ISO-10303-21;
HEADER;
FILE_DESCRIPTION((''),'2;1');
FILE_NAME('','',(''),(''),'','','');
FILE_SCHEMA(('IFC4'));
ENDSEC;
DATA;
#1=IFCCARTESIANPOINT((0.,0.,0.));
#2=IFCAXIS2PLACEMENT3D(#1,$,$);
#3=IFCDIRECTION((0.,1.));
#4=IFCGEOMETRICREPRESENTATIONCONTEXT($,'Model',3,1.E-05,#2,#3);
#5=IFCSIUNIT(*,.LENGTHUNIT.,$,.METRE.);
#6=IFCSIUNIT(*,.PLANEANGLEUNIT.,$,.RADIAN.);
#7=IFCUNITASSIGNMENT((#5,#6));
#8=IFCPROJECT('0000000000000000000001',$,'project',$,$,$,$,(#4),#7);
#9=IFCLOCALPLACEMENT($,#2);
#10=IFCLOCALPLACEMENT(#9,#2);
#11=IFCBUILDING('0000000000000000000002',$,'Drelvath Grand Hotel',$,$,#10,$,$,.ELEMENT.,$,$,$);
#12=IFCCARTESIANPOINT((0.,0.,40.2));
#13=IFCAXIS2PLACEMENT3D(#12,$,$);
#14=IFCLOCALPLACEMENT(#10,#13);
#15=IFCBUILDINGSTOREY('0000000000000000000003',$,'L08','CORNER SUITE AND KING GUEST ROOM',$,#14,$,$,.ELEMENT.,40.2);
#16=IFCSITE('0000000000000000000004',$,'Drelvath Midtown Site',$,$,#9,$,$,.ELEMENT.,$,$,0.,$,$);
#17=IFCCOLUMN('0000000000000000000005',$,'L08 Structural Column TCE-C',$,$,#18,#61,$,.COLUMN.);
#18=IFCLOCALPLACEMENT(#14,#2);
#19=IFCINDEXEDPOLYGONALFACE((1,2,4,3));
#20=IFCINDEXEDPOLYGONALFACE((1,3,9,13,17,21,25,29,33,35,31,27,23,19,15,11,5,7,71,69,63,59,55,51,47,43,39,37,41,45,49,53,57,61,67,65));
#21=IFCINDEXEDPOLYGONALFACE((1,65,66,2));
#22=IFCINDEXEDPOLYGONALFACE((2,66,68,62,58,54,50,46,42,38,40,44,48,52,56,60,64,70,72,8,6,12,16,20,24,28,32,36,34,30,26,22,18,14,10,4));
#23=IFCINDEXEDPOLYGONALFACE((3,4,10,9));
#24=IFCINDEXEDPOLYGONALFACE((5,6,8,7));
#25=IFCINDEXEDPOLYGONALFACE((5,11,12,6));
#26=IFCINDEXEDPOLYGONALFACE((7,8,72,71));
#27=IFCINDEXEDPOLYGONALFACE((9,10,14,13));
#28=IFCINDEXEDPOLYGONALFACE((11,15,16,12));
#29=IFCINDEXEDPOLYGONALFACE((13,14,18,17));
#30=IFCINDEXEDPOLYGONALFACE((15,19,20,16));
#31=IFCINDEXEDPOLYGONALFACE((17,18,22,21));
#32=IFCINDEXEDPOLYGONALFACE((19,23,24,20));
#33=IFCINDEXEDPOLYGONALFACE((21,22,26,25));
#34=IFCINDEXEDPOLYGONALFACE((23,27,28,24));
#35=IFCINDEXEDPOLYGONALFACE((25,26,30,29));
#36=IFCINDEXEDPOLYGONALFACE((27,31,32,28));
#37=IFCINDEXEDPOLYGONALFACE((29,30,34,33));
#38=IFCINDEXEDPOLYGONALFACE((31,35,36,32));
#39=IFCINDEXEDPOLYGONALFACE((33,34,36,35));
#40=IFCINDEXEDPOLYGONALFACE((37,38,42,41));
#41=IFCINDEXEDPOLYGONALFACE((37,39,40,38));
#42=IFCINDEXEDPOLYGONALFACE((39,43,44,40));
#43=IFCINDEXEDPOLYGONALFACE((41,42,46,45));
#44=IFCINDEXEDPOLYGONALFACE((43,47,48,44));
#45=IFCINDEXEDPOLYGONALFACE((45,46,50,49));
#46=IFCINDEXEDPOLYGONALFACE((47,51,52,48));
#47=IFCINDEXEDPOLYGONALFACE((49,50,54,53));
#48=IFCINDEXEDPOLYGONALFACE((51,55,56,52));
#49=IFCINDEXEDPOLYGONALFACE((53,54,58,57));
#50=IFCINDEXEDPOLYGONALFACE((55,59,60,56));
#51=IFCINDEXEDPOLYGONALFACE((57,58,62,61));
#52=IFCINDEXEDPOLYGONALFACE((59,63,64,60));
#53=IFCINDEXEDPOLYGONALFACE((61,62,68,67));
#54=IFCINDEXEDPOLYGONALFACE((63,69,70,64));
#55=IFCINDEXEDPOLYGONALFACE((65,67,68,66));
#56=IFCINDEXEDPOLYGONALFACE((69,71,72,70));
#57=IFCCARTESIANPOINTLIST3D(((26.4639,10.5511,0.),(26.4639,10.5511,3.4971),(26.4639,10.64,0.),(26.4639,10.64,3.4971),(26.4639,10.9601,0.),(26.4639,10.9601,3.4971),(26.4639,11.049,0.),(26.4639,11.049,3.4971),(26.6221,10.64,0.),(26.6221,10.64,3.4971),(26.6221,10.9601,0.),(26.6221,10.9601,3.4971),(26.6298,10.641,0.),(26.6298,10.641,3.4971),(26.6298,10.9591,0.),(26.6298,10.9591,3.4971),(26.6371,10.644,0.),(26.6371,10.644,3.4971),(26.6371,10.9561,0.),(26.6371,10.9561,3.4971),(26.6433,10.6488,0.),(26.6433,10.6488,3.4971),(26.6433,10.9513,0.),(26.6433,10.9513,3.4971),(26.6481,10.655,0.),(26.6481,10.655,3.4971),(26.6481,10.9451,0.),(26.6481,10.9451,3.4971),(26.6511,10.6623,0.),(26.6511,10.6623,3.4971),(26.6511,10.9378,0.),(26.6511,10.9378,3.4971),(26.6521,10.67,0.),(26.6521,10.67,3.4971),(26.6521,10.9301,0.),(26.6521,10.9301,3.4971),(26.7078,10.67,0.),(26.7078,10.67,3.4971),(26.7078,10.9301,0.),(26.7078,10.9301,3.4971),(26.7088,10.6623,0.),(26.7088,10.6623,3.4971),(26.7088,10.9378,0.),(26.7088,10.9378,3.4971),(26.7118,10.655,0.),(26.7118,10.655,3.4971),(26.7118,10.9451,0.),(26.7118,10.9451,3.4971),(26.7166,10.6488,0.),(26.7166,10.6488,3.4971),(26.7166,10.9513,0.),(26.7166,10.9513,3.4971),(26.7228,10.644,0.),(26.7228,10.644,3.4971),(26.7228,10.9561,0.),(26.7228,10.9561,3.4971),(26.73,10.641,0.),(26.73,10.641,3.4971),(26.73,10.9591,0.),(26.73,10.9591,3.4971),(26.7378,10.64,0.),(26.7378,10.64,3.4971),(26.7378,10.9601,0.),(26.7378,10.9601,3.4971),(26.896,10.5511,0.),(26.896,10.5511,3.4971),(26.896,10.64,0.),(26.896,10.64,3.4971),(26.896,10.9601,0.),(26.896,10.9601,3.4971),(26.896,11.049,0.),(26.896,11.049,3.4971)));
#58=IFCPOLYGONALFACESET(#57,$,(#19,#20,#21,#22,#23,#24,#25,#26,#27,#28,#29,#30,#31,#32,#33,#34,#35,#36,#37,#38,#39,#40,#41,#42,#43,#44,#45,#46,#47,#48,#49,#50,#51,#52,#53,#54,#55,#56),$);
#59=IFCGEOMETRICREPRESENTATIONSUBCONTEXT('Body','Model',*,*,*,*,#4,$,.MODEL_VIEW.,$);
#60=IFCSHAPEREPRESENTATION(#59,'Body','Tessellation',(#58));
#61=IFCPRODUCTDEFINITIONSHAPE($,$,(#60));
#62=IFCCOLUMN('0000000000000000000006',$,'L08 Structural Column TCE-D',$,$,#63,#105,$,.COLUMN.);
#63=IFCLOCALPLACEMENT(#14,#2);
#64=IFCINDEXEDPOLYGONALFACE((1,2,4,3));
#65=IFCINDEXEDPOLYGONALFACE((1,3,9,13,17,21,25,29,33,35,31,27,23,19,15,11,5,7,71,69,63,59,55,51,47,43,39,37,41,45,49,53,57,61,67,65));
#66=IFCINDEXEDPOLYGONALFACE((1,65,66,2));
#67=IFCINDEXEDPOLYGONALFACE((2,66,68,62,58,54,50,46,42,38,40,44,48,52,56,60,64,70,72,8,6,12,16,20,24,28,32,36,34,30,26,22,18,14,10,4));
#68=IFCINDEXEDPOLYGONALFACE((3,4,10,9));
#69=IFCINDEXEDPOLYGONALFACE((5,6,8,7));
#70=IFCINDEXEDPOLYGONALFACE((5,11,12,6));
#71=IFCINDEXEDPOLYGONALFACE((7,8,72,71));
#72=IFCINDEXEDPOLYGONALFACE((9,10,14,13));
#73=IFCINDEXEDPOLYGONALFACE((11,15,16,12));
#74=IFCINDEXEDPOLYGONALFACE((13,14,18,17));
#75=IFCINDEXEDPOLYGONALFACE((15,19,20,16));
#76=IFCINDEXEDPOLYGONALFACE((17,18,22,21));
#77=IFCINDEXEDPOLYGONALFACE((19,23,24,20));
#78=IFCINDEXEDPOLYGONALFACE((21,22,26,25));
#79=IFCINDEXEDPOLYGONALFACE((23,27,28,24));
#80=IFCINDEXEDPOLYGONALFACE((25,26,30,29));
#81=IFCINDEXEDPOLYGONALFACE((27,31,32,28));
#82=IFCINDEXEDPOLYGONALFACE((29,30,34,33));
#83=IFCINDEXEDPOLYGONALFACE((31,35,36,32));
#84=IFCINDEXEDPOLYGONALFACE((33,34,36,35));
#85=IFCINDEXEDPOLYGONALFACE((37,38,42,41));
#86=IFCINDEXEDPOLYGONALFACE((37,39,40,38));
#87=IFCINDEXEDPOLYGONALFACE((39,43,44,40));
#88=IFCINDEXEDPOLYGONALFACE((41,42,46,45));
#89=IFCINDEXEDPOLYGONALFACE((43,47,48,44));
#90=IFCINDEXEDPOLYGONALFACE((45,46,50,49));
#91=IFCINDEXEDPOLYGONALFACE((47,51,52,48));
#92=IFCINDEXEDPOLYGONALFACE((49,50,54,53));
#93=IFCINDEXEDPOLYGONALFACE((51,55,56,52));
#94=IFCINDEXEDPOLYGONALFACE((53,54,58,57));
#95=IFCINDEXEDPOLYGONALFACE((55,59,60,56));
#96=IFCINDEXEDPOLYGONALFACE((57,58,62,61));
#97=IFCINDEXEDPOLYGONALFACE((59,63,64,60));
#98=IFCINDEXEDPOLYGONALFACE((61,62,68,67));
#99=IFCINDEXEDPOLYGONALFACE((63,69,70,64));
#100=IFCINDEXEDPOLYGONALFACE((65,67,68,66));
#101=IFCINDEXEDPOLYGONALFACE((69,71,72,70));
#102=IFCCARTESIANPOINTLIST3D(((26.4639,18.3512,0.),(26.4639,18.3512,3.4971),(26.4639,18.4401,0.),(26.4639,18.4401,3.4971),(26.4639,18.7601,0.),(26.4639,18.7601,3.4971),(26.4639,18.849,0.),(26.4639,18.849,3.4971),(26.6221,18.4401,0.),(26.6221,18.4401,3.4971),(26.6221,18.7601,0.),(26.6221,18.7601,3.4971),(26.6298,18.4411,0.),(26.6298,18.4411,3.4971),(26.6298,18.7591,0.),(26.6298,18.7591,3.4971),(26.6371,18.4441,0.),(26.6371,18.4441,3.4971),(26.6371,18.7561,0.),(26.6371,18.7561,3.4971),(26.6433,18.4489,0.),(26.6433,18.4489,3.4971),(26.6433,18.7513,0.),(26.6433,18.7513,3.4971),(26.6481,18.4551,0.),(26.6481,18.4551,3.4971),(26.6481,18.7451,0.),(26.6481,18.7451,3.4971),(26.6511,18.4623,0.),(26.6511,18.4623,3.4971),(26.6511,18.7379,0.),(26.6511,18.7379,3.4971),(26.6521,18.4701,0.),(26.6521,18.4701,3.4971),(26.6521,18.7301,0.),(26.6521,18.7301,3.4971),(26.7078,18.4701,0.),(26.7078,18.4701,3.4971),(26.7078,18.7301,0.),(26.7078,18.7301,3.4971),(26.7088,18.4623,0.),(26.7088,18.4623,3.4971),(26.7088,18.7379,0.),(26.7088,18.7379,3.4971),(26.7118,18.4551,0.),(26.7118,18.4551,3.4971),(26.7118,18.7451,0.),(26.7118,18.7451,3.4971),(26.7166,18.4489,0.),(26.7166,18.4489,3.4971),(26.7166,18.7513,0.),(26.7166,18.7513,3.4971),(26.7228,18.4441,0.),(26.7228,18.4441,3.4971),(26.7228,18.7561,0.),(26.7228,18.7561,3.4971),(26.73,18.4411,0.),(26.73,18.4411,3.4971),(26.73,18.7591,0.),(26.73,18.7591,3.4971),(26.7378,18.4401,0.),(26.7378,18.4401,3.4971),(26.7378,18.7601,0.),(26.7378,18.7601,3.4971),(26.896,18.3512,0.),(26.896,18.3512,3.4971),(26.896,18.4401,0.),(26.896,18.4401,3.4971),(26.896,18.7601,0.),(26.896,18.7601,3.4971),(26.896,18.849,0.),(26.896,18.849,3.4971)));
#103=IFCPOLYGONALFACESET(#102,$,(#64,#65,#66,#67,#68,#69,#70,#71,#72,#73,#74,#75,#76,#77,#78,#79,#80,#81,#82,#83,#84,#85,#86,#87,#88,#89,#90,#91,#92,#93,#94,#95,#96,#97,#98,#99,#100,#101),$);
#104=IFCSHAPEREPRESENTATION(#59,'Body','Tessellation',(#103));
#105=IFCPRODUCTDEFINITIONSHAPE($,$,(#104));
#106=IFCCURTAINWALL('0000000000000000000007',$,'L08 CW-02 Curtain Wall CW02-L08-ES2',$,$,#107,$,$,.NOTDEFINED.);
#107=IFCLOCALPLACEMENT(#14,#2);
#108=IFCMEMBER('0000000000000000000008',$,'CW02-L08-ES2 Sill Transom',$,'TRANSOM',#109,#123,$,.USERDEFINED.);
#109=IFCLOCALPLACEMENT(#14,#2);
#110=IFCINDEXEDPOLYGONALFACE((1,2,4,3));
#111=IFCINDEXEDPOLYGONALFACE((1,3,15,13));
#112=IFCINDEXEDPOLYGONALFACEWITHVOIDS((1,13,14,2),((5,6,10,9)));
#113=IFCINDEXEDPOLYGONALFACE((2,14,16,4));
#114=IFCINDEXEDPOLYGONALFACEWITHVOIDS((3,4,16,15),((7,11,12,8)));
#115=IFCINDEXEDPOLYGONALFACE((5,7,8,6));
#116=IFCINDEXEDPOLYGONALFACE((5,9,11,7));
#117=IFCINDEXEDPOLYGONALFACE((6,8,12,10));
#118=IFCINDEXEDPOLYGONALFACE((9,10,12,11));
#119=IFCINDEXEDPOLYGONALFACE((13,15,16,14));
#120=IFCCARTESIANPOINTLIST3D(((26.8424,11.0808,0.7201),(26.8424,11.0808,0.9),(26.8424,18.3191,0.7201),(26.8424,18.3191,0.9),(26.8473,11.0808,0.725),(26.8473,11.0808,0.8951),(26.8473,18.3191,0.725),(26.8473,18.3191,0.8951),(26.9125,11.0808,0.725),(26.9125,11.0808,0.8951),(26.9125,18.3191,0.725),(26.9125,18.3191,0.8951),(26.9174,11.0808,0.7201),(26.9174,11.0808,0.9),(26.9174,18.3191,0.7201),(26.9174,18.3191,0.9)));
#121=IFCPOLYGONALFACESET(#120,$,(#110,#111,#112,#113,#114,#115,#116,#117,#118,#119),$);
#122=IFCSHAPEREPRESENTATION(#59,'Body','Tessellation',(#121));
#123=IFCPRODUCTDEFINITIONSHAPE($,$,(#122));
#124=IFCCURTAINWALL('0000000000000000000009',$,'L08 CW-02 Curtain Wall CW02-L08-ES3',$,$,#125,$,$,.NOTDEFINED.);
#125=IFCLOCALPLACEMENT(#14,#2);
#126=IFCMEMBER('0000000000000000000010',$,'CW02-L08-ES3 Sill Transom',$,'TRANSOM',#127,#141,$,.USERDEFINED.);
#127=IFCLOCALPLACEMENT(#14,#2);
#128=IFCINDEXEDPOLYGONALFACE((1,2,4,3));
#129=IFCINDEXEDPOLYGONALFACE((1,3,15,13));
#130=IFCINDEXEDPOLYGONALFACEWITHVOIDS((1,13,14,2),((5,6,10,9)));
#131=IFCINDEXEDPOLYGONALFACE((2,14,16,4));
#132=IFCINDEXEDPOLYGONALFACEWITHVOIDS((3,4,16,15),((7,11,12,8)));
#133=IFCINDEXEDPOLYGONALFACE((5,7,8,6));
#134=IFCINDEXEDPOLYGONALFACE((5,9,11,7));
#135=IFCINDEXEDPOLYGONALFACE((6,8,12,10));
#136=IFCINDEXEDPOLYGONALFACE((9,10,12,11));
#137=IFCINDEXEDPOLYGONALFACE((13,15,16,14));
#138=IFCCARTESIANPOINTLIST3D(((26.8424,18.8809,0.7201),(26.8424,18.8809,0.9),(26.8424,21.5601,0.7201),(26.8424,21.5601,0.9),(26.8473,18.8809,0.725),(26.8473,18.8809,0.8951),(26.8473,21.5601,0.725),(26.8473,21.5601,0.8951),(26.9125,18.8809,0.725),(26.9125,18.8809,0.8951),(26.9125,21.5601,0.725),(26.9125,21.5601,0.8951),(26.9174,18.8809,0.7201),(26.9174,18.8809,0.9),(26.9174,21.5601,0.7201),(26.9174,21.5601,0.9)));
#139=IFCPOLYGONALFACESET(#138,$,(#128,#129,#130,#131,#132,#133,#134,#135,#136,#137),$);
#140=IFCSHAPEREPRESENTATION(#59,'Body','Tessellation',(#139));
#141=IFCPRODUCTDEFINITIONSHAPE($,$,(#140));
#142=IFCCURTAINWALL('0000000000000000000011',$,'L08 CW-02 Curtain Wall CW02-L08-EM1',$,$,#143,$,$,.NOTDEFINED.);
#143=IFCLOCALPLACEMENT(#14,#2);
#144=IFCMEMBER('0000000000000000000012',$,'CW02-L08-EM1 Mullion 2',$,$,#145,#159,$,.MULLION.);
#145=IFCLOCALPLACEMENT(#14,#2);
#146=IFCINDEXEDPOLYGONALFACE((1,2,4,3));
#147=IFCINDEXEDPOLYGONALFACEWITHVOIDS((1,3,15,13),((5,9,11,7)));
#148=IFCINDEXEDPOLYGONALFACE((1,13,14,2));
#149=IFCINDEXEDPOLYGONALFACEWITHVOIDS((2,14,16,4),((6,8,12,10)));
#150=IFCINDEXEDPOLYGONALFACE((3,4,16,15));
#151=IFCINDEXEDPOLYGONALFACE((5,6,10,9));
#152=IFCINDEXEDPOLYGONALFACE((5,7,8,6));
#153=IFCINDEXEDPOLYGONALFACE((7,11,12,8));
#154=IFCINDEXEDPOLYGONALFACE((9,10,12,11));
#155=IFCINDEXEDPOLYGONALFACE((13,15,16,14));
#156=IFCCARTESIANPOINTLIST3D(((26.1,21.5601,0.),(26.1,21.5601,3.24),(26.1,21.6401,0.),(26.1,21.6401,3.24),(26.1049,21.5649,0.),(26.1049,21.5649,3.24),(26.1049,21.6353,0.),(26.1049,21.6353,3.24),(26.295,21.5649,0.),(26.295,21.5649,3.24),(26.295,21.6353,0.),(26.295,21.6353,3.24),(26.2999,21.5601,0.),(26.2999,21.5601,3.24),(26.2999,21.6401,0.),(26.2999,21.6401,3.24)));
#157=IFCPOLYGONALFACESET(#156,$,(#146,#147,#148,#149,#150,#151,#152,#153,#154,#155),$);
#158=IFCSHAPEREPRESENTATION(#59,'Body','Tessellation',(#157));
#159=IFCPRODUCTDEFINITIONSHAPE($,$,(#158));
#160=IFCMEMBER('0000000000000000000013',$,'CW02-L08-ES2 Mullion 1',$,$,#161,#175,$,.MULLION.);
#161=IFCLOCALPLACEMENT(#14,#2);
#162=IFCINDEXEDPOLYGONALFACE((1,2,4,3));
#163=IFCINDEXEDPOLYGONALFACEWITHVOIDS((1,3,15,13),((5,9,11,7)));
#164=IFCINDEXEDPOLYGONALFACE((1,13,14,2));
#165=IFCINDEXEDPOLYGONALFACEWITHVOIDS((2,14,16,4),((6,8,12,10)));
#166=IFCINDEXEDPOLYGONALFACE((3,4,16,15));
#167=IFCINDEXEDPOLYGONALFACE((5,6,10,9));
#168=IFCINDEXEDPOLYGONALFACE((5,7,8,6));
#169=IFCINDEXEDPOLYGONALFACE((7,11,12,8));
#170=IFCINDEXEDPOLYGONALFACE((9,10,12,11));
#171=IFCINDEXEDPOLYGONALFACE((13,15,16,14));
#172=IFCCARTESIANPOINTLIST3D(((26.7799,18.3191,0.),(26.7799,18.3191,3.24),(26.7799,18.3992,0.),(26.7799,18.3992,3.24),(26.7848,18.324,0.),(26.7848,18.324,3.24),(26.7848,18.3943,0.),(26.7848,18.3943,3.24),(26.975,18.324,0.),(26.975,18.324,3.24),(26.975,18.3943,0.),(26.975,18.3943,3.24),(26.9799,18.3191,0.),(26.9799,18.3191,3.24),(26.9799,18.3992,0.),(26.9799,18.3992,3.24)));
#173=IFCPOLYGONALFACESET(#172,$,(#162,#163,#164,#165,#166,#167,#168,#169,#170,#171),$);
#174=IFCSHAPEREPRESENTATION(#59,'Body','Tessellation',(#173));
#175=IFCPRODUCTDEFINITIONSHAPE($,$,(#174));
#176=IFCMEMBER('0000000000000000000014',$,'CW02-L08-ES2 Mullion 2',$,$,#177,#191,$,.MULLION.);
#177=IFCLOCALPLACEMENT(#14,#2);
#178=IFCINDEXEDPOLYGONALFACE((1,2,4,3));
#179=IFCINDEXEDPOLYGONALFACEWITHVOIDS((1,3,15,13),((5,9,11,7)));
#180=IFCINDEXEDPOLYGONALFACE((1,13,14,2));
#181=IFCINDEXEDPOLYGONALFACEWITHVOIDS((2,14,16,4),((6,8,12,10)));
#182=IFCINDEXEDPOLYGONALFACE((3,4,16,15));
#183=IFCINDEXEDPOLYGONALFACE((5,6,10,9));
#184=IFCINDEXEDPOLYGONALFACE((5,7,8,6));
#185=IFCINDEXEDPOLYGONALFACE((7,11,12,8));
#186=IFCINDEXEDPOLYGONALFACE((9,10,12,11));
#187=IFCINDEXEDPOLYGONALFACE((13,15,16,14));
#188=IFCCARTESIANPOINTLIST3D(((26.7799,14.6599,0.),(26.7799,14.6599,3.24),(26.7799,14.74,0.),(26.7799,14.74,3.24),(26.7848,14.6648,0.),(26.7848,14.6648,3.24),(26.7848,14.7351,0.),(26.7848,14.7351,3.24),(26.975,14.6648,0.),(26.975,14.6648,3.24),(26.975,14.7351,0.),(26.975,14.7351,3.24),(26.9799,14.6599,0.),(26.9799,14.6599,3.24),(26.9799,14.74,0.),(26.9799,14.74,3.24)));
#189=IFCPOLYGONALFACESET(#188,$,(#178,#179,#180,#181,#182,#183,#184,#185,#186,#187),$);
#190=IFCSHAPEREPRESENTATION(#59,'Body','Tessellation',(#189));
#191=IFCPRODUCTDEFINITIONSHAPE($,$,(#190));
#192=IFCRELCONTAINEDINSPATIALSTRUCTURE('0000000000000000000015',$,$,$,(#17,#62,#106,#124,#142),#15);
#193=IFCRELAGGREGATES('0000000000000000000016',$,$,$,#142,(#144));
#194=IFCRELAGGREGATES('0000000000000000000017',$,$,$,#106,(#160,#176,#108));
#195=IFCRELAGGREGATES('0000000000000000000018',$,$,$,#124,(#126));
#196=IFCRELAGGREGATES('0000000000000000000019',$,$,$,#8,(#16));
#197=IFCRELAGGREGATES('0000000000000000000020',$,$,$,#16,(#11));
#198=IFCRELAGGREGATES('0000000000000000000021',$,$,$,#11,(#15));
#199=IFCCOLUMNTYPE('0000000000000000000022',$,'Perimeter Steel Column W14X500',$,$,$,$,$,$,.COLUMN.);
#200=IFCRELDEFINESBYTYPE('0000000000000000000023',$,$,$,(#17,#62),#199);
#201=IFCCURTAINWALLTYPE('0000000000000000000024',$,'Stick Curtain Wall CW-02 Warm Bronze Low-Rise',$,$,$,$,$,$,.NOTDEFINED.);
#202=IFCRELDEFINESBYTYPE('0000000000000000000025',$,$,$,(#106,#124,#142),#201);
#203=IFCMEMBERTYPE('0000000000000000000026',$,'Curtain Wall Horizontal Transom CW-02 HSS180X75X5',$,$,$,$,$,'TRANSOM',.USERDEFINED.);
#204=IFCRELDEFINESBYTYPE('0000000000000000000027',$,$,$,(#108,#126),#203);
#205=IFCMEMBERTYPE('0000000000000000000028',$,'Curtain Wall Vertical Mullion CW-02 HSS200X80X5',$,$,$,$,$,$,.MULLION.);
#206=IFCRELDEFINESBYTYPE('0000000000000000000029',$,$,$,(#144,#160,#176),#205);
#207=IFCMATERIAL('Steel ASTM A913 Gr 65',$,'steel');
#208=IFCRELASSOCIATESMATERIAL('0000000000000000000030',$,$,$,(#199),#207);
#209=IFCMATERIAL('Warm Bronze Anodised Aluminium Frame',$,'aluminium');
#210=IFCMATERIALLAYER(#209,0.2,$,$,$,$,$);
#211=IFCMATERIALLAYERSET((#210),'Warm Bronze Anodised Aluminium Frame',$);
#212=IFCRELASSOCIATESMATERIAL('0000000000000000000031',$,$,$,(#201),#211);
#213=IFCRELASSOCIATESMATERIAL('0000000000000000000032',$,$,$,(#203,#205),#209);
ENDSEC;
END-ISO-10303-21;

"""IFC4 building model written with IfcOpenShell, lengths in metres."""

from ifc_helpers import new_model, si_unit, direction, frame, origin, origin_2d, place, context, subcontext, project, spatial, hollow_rectangle, i_section, extrude, material, layer, layer_set, material_profile, profile_set, type_object, element, aggregate, save


model = new_model("IFC4")

# Units and contexts
model_context = context("Model", 3, precision=1e-05, world=origin(), true_north=direction((0.0, 1.0)))
body_context = subcontext(model_context, "Body", "Model", "MODEL_VIEW")
ifc_project = project(units=[si_unit("LENGTHUNIT", "METRE"), si_unit("PLANEANGLEUNIT", "RADIAN")], contexts=[model_context])

# Site, building, storey
site_placement = place(None, origin())
site = spatial("IfcSite", under=ifc_project, at=site_placement, Name="Drelvath Midtown Site", CompositionType="ELEMENT", RefElevation=0.0)
building_placement = place(site_placement, origin())
building = spatial("IfcBuilding", under=site, at=building_placement, Name="Drelvath Grand Hotel", CompositionType="ELEMENT")
storey_placement = place(building_placement, frame((0.0, 0.0, 40.2)))
storey = spatial("IfcBuildingStorey", under=building, at=storey_placement, Name="L08", Description="CORNER SUITE AND KING GUEST ROOM", CompositionType="ELEMENT", Elevation=40.2)

# Columns
ifc_material_1 = material(Name="Steel ASTM A913 Gr 65", Category="steel")
ifc_material_profile_1 = material_profile(ifc_material_1, i_section(OverallWidth=0.4321, OverallDepth=0.4978, WebThickness=0.0557, FlangeThickness=0.0889, FilletRadius=0.03, at=origin_2d()), Name="W14X500")
ifc_profile_set_1 = profile_set([ifc_material_profile_1], Name="Steel ASTM A913 Gr 65")
column_type = type_object("IfcColumnType", Name="Perimeter Steel Column W14X500", PredefinedType="COLUMN", material=ifc_profile_set_1)
for number, where, z_axis, x_axis, name in (
    (1, (26.6799, 10.8, 0.0), (0.0, 0.0, 1.0), (1.0, 0.0, 0.0), "L08 Structural Column TCE-C"),
    (2, (26.6799, 18.6001, 0.0), (0.0, 0.0, 1.0), (1.0, 0.0, 0.0), "L08 Structural Column TCE-D"),
):
    element("IfcColumn", number, at=place(storey_placement, frame(where, z_axis=z_axis, x_axis=x_axis)), inside=storey, type_object=column_type, Name=name, PredefinedType="COLUMN", context=body_context, shape_type="SweptSolid", body=[
        extrude(i_section(OverallWidth=0.4321, OverallDepth=0.4978, WebThickness=0.0557, FlangeThickness=0.0889, FilletRadius=0.03, at=origin_2d()), origin(), (0.0, 0.0, 1.0), 3.4971),
    ])

# Curtain walls, members
ifc_material_2 = material(Name="Warm Bronze Anodised Aluminium Frame", Category="aluminium")
ifc_layer_1 = layer(ifc_material_2, 0.2)
ifc_layer_set_1 = layer_set([ifc_layer_1], Name="Warm Bronze Anodised Aluminium Frame")
curtain_wall_type = type_object("IfcCurtainWallType", Name="Stick Curtain Wall CW-02 Warm Bronze Low-Rise", PredefinedType="NOTDEFINED", material=ifc_layer_set_1)
curtain_wall_1_placement = place(storey_placement, origin())
curtain_wall_1 = element("IfcCurtainWall", 3, at=curtain_wall_1_placement, inside=storey, type_object=curtain_wall_type, Name="L08 CW-02 Curtain Wall CW02-L08-ES2", PredefinedType="NOTDEFINED")
ifc_material_profile_2 = material_profile(ifc_material_2, hollow_rectangle(XDim=0.075, YDim=0.1799, WallThickness=0.0049, at=origin_2d()), Name="HSS180X75X5")
ifc_profile_set_2 = profile_set([ifc_material_profile_2], Name="Warm Bronze Anodised Aluminium Frame")
member_type_1 = type_object("IfcMemberType", Name="Curtain Wall Horizontal Transom CW-02 HSS180X75X5", ElementType="TRANSOM", PredefinedType="USERDEFINED", material=ifc_profile_set_2)
member_1_placement = place(storey_placement, frame((26.8799, 18.3191, 0.8101), z_axis=(0.0, -1.0, 0.0), x_axis=(1.0, 0.0, 0.0)))
member_1 = element("IfcMember", 4, at=member_1_placement, type_object=member_type_1, Name="CW02-L08-ES2 Sill Transom", ObjectType="TRANSOM", PredefinedType="USERDEFINED", context=body_context, shape_type="SweptSolid", body=[
    extrude(hollow_rectangle(XDim=0.075, YDim=0.1799, WallThickness=0.0049, at=origin_2d()), origin(), (0.0, 0.0, 1.0), 7.2383),
])
curtain_wall_2_placement = place(storey_placement, origin())
curtain_wall_2 = element("IfcCurtainWall", 5, at=curtain_wall_2_placement, inside=storey, type_object=curtain_wall_type, Name="L08 CW-02 Curtain Wall CW02-L08-ES3", PredefinedType="NOTDEFINED")
member_2_placement = place(storey_placement, frame((26.8799, 21.5601, 0.8101), z_axis=(0.0, -1.0, 0.0), x_axis=(1.0, 0.0, 0.0)))
member_2 = element("IfcMember", 6, at=member_2_placement, type_object=member_type_1, Name="CW02-L08-ES3 Sill Transom", ObjectType="TRANSOM", PredefinedType="USERDEFINED", context=body_context, shape_type="SweptSolid", body=[
    extrude(hollow_rectangle(XDim=0.075, YDim=0.1799, WallThickness=0.0049, at=origin_2d()), origin(), (0.0, 0.0, 1.0), 2.6792),
])
curtain_wall_3_placement = place(storey_placement, origin())
curtain_wall_3 = element("IfcCurtainWall", 7, at=curtain_wall_3_placement, inside=storey, type_object=curtain_wall_type, Name="L08 CW-02 Curtain Wall CW02-L08-EM1", PredefinedType="NOTDEFINED")
ifc_material_profile_3 = material_profile(ifc_material_2, hollow_rectangle(XDim=0.0801, YDim=0.2, WallThickness=0.0049, at=origin_2d()), Name="HSS200X80X5")
ifc_profile_set_3 = profile_set([ifc_material_profile_3], Name="Warm Bronze Anodised Aluminium Frame")
member_type_2 = type_object("IfcMemberType", Name="Curtain Wall Vertical Mullion CW-02 HSS200X80X5", PredefinedType="MULLION", material=ifc_profile_set_3)
member_3_placement = place(storey_placement, frame((26.2, 21.6001, 0.0), z_axis=(0.0, 0.0, 1.0), x_axis=(0.0, 1.0, 0.0)))
member_3 = element("IfcMember", 8, at=member_3_placement, type_object=member_type_2, Name="CW02-L08-EM1 Mullion 2", PredefinedType="MULLION", context=body_context, shape_type="SweptSolid", body=[
    extrude(hollow_rectangle(XDim=0.0801, YDim=0.2, WallThickness=0.0049, at=origin_2d()), origin(), (0.0, 0.0, 1.0), 3.24),
])

# Members
member_4_placement = place(storey_placement, frame((26.8799, 18.3591, 0.0), z_axis=(0.0, 0.0, 1.0), x_axis=(0.0, 1.0, 0.0)))
member_4 = element("IfcMember", 9, at=member_4_placement, type_object=member_type_2, Name="CW02-L08-ES2 Mullion 1", PredefinedType="MULLION", context=body_context, shape_type="SweptSolid", body=[
    extrude(hollow_rectangle(XDim=0.0801, YDim=0.2, WallThickness=0.0049, at=origin_2d()), origin(), (0.0, 0.0, 1.0), 3.24),
])
member_5_placement = place(storey_placement, frame((26.8799, 14.7, 0.0), z_axis=(0.0, 0.0, 1.0), x_axis=(0.0, 1.0, 0.0)))
member_5 = element("IfcMember", 10, at=member_5_placement, type_object=member_type_2, Name="CW02-L08-ES2 Mullion 2", PredefinedType="MULLION", context=body_context, shape_type="SweptSolid", body=[
    extrude(hollow_rectangle(XDim=0.0801, YDim=0.2, WallThickness=0.0049, at=origin_2d()), origin(), (0.0, 0.0, 1.0), 3.24),
])

aggregate(curtain_wall_3, [member_3])
aggregate(curtain_wall_1, [member_4, member_5, member_1])
aggregate(curtain_wall_2, [member_2])

save(model, "model.ifc")
